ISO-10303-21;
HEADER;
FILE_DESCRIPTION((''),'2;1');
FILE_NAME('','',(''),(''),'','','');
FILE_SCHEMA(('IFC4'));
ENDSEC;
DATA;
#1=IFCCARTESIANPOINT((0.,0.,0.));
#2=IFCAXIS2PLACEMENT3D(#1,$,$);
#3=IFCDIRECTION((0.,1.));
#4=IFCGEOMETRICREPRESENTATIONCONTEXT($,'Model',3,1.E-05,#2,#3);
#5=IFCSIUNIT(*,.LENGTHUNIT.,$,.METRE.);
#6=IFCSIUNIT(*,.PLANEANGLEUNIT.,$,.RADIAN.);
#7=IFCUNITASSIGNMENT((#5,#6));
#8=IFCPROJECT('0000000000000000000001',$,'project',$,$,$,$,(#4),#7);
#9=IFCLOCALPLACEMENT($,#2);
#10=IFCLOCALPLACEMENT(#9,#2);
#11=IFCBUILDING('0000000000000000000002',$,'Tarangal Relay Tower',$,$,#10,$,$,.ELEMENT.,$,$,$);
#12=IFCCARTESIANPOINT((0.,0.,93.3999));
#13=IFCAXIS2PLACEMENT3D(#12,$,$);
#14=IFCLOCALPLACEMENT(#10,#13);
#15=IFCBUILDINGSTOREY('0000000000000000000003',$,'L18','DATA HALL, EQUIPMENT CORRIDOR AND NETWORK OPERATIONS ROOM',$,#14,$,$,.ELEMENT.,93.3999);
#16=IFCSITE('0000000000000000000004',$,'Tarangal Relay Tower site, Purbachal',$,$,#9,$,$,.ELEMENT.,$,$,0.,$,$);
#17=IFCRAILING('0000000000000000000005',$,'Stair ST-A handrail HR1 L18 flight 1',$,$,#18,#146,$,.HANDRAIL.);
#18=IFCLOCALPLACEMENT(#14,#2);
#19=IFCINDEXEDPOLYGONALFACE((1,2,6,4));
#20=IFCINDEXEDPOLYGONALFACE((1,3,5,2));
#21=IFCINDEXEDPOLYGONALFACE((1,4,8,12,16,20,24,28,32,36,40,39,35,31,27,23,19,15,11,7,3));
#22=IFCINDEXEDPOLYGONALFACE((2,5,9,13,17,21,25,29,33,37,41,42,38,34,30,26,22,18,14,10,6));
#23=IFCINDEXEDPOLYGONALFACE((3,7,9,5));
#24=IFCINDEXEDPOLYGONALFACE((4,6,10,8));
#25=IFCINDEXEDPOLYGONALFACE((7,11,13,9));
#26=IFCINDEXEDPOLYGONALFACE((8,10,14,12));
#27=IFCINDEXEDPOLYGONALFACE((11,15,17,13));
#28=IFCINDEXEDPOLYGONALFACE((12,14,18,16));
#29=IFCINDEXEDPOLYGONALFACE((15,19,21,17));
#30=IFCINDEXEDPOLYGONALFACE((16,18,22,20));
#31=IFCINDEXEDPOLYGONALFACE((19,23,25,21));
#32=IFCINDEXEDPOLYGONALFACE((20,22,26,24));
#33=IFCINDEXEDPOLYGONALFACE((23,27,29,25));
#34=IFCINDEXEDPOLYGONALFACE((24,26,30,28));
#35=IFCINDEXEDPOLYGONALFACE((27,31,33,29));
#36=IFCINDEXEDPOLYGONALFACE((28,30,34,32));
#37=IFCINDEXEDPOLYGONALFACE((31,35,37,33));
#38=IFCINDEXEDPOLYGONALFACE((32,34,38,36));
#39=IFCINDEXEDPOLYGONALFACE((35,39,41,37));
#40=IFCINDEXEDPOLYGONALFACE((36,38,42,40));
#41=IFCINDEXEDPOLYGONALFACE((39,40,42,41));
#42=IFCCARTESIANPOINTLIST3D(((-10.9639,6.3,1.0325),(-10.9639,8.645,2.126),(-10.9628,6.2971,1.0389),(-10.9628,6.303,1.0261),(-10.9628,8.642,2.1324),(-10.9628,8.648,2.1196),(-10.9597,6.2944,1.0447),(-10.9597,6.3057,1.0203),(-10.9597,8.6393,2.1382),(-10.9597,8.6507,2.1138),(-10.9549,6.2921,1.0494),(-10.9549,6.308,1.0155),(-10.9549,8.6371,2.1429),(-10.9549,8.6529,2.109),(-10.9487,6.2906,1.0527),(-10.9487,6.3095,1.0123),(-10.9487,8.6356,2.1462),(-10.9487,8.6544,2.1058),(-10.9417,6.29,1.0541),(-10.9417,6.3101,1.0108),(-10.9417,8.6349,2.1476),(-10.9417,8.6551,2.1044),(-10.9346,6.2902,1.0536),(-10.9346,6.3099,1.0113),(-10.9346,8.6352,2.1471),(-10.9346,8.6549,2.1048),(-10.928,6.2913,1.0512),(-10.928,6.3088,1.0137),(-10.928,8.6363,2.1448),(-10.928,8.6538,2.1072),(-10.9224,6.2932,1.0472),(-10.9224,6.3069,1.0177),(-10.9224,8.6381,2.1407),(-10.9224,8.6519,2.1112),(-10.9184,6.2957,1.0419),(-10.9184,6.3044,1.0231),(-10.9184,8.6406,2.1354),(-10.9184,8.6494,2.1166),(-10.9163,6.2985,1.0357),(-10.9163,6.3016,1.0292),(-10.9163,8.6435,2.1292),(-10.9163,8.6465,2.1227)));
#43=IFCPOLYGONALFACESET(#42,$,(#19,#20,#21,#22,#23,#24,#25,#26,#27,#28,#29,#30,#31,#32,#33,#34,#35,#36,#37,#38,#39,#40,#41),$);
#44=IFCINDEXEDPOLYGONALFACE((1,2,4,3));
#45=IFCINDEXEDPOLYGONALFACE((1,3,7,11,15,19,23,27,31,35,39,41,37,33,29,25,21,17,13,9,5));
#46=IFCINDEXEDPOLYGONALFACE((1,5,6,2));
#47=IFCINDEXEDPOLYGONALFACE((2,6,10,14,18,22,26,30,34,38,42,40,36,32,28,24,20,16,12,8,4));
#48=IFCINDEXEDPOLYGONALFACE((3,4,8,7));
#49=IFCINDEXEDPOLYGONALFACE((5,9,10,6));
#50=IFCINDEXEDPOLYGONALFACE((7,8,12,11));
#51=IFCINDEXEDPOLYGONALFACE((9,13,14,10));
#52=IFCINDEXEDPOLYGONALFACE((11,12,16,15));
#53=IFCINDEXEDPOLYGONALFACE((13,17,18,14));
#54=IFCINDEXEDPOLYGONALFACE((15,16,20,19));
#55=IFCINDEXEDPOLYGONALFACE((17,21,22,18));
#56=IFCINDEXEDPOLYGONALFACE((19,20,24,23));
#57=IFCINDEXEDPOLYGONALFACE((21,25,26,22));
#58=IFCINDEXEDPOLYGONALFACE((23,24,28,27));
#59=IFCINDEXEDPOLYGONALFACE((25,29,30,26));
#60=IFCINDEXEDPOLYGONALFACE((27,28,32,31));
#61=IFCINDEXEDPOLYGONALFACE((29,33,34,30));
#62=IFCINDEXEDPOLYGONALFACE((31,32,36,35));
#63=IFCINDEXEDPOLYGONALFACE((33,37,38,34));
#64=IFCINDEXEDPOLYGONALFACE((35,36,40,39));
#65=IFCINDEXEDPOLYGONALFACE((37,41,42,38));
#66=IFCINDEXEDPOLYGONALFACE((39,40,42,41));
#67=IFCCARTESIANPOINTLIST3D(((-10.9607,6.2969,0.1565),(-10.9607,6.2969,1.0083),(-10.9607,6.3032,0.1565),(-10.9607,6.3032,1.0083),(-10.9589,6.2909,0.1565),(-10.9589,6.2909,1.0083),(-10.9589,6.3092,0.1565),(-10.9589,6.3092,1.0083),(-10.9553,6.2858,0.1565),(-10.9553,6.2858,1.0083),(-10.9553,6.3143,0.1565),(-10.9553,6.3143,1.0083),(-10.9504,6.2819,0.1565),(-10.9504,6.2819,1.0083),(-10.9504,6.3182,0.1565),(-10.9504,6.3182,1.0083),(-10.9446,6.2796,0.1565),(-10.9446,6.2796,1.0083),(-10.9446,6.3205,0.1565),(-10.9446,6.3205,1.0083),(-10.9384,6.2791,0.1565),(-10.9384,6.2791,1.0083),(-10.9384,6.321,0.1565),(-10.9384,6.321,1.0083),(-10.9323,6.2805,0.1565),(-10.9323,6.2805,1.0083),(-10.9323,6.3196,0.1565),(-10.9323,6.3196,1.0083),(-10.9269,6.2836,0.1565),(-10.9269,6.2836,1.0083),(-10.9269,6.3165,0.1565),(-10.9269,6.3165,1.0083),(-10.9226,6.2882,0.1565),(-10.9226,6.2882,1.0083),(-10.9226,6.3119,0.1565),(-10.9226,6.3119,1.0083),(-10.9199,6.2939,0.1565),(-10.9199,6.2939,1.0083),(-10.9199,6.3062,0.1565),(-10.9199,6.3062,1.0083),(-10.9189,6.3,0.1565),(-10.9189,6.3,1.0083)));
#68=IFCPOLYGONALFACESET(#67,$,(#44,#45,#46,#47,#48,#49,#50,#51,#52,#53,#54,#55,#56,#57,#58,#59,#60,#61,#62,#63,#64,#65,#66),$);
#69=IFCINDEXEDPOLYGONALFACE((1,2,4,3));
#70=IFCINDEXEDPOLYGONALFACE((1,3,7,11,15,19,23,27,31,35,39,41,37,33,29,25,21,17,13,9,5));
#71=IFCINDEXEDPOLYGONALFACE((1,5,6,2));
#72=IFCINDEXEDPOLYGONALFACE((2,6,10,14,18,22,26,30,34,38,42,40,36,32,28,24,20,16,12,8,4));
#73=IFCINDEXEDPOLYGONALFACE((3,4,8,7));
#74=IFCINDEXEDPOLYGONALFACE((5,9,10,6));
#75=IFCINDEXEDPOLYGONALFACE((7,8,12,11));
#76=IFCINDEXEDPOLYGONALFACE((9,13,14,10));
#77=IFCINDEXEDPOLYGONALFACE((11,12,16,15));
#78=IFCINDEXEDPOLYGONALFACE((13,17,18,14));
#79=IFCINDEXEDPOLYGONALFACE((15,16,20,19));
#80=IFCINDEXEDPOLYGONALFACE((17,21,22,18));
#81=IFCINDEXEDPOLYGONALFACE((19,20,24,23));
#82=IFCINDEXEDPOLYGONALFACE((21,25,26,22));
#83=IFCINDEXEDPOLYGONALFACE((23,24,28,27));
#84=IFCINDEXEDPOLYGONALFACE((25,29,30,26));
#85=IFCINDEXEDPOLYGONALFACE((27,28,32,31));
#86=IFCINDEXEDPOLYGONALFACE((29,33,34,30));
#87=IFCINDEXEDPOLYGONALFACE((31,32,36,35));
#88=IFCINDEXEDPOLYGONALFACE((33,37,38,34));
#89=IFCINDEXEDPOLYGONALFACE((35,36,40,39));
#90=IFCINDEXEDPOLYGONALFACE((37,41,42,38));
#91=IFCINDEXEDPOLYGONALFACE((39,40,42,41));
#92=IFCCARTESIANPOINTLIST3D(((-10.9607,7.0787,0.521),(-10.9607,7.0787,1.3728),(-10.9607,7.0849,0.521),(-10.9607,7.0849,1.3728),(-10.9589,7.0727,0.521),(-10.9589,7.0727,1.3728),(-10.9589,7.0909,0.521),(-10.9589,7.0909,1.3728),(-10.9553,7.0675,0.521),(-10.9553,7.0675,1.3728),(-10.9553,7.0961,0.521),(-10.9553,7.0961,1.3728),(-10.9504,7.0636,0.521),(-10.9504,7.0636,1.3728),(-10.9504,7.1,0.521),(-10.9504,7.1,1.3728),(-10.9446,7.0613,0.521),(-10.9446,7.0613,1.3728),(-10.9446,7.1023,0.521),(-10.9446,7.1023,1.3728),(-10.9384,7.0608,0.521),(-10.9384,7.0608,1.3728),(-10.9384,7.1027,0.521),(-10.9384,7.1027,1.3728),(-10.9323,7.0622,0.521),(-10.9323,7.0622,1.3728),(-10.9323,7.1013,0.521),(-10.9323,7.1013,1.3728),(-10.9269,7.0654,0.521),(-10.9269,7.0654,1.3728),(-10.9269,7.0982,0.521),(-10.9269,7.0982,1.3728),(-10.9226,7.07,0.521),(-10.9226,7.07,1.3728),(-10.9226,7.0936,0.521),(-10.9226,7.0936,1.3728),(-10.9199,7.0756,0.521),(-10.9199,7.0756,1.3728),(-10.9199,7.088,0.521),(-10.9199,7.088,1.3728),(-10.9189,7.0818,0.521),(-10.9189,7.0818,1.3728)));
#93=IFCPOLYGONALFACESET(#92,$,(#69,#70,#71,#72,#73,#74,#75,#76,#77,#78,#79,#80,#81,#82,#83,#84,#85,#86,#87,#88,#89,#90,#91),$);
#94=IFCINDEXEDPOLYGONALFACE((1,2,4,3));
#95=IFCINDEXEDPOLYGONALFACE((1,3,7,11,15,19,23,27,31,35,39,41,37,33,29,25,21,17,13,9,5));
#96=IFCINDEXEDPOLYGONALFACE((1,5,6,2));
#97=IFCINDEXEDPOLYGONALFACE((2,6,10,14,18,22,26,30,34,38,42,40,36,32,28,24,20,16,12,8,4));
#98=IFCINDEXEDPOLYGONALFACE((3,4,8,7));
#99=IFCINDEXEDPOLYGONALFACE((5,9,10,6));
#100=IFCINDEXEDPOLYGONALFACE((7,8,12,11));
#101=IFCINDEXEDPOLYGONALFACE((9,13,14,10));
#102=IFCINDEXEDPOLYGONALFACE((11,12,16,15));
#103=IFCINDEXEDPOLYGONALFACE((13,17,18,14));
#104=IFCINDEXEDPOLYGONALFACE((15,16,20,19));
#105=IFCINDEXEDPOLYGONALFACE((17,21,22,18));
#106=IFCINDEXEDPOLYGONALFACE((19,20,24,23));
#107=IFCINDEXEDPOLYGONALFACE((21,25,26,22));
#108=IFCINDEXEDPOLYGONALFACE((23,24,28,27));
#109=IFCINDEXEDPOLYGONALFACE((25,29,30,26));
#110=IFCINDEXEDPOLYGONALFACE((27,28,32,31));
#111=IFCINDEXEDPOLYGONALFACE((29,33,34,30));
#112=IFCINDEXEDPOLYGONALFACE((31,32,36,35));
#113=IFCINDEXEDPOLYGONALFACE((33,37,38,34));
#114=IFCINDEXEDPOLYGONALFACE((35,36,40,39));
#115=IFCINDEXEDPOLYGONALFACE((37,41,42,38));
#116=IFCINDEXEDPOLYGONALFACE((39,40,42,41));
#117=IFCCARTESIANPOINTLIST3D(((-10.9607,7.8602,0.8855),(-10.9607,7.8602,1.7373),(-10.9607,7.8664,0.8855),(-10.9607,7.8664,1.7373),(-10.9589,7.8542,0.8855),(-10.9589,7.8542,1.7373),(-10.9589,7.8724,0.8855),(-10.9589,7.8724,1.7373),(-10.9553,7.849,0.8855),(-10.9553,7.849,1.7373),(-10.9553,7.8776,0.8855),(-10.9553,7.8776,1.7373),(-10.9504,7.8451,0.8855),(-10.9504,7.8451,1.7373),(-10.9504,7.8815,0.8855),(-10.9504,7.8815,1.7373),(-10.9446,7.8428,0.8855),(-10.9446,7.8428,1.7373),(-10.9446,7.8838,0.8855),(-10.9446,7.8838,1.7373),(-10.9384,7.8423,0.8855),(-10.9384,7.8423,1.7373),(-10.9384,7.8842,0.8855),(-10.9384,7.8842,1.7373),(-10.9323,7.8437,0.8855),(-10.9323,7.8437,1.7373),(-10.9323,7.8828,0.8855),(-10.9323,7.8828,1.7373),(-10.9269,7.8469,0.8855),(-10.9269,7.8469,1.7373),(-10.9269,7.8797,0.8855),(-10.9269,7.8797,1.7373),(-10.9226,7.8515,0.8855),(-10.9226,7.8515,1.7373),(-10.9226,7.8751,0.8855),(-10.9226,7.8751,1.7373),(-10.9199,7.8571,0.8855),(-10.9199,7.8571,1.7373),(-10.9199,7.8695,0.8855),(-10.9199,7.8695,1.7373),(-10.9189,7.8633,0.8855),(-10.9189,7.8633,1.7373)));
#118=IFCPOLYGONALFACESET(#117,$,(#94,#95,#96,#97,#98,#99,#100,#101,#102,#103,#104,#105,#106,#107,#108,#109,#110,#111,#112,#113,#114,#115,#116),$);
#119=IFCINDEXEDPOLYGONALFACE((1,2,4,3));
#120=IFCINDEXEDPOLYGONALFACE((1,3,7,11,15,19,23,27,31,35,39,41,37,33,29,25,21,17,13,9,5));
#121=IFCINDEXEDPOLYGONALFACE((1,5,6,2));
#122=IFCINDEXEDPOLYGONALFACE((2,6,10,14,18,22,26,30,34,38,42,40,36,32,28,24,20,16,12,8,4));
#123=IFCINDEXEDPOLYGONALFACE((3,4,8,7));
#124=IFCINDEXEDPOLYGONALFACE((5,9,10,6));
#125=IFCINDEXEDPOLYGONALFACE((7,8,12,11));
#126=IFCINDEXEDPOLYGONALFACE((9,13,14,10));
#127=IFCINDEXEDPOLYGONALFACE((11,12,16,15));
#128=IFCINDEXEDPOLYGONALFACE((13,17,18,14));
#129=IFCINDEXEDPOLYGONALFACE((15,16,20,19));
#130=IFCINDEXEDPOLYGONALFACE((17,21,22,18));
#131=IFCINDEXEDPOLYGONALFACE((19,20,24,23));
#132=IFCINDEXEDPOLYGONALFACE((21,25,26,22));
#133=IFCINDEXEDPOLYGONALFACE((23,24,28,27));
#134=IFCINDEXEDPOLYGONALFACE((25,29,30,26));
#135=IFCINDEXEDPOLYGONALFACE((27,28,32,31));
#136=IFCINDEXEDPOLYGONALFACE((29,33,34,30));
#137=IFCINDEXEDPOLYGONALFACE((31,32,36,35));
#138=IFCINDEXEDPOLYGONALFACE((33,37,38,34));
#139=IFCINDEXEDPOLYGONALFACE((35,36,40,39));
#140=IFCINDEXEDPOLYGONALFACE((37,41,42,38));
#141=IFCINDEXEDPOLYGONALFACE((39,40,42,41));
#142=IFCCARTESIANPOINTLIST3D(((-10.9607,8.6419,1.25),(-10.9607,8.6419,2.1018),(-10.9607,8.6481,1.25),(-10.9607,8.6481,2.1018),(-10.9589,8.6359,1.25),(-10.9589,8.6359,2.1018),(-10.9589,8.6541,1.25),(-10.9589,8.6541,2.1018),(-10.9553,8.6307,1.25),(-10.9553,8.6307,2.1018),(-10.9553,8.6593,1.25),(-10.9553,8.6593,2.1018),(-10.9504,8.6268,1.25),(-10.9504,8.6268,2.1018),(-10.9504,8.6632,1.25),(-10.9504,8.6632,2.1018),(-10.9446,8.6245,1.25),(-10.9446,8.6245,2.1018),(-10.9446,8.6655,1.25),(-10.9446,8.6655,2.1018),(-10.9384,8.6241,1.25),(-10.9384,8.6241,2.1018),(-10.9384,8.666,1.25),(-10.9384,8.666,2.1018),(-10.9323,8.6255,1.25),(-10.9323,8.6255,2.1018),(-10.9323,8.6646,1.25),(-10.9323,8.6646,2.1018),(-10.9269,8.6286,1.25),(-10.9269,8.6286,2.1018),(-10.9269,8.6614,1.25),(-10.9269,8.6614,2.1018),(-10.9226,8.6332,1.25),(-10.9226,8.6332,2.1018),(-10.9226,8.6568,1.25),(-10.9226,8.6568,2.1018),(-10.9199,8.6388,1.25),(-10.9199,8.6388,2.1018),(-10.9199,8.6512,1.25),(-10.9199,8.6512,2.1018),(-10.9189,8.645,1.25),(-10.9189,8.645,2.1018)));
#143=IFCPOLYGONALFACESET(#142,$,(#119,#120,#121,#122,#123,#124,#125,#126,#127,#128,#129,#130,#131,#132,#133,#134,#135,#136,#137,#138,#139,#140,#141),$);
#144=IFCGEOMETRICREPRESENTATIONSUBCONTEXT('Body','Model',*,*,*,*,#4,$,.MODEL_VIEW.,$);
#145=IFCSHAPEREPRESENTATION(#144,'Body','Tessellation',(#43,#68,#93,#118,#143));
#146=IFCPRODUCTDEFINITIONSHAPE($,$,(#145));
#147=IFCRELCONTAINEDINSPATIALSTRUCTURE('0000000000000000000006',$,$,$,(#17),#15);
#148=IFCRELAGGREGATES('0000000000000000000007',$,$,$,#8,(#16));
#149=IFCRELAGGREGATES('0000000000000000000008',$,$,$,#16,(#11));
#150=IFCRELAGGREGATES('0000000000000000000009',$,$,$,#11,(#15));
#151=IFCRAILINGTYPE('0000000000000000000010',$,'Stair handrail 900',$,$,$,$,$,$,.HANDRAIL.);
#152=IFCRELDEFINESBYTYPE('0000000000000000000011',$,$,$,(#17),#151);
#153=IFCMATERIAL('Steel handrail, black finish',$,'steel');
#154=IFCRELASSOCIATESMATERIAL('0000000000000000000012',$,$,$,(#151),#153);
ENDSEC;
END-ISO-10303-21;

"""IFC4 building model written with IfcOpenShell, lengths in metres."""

from ifc_helpers import new_model, si_unit, direction, frame, origin, origin_2d, place, context, subcontext, project, spatial, circle, extrude, material, type_object, element, save


model = new_model("IFC4")

# Units and contexts
model_context = context("Model", 3, precision=1e-05, world=origin(), true_north=direction((0.0, 1.0)))
body_context = subcontext(model_context, "Body", "Model", "MODEL_VIEW")
ifc_project = project(units=[si_unit("LENGTHUNIT", "METRE"), si_unit("PLANEANGLEUNIT", "RADIAN")], contexts=[model_context])

# Site, building, storey
site_placement = place(None, origin())
site = spatial("IfcSite", under=ifc_project, at=site_placement, Name="Tarangal Relay Tower site, Purbachal", CompositionType="ELEMENT", RefElevation=0.0)
building_placement = place(site_placement, origin())
building = spatial("IfcBuilding", under=site, at=building_placement, Name="Tarangal Relay Tower", CompositionType="ELEMENT")
storey_placement = place(building_placement, frame((0.0, 0.0, 93.3999)))
storey = spatial("IfcBuildingStorey", under=building, at=storey_placement, Name="L18", Description="DATA HALL, EQUIPMENT CORRIDOR AND NETWORK OPERATIONS ROOM", CompositionType="ELEMENT", Elevation=93.3999)

# Railing
ifc_material_1 = material(Name="Steel handrail, black finish", Category="steel")
railing_type_1 = type_object("IfcRailingType", Name="Stair handrail 900", PredefinedType="HANDRAIL", material=ifc_material_1)
for number, where, name in (
    (1, (-10.9399, 6.3, 0.1565), "Stair ST-A handrail HR1 L18 flight 1"),
):
    element("IfcRailing", number, at=place(storey_placement, frame(where)), inside=storey, type_object=railing_type_1, Name=name, PredefinedType="HANDRAIL", context=body_context, shape_type="SweptSolid", body=[
        extrude(circle(Radius=0.0239, at=origin_2d()), frame((0.0, 0.0, 0.876), z_axis=(0.0, 0.906304, 0.422627), x_axis=(-1.0, 0.0, 0.0)), (0.0, 0.0, 1.0), 2.5874),
        extrude(circle(Radius=0.021, at=origin_2d()), origin(), (0.0, 0.0, 1.0), 0.8518),
        extrude(circle(Radius=0.021, at=origin_2d()), frame((0.0, 0.7817, 0.3645)), (0.0, 0.0, 1.0), 0.8518),
        extrude(circle(Radius=0.021, at=origin_2d()), frame((0.0, 1.5632, 0.729)), (0.0, 0.0, 1.0), 0.8518),
        extrude(circle(Radius=0.021, at=origin_2d()), frame((0.0, 2.345, 1.0935)), (0.0, 0.0, 1.0), 0.8518),
    ])

save(model, "model.ifc")
